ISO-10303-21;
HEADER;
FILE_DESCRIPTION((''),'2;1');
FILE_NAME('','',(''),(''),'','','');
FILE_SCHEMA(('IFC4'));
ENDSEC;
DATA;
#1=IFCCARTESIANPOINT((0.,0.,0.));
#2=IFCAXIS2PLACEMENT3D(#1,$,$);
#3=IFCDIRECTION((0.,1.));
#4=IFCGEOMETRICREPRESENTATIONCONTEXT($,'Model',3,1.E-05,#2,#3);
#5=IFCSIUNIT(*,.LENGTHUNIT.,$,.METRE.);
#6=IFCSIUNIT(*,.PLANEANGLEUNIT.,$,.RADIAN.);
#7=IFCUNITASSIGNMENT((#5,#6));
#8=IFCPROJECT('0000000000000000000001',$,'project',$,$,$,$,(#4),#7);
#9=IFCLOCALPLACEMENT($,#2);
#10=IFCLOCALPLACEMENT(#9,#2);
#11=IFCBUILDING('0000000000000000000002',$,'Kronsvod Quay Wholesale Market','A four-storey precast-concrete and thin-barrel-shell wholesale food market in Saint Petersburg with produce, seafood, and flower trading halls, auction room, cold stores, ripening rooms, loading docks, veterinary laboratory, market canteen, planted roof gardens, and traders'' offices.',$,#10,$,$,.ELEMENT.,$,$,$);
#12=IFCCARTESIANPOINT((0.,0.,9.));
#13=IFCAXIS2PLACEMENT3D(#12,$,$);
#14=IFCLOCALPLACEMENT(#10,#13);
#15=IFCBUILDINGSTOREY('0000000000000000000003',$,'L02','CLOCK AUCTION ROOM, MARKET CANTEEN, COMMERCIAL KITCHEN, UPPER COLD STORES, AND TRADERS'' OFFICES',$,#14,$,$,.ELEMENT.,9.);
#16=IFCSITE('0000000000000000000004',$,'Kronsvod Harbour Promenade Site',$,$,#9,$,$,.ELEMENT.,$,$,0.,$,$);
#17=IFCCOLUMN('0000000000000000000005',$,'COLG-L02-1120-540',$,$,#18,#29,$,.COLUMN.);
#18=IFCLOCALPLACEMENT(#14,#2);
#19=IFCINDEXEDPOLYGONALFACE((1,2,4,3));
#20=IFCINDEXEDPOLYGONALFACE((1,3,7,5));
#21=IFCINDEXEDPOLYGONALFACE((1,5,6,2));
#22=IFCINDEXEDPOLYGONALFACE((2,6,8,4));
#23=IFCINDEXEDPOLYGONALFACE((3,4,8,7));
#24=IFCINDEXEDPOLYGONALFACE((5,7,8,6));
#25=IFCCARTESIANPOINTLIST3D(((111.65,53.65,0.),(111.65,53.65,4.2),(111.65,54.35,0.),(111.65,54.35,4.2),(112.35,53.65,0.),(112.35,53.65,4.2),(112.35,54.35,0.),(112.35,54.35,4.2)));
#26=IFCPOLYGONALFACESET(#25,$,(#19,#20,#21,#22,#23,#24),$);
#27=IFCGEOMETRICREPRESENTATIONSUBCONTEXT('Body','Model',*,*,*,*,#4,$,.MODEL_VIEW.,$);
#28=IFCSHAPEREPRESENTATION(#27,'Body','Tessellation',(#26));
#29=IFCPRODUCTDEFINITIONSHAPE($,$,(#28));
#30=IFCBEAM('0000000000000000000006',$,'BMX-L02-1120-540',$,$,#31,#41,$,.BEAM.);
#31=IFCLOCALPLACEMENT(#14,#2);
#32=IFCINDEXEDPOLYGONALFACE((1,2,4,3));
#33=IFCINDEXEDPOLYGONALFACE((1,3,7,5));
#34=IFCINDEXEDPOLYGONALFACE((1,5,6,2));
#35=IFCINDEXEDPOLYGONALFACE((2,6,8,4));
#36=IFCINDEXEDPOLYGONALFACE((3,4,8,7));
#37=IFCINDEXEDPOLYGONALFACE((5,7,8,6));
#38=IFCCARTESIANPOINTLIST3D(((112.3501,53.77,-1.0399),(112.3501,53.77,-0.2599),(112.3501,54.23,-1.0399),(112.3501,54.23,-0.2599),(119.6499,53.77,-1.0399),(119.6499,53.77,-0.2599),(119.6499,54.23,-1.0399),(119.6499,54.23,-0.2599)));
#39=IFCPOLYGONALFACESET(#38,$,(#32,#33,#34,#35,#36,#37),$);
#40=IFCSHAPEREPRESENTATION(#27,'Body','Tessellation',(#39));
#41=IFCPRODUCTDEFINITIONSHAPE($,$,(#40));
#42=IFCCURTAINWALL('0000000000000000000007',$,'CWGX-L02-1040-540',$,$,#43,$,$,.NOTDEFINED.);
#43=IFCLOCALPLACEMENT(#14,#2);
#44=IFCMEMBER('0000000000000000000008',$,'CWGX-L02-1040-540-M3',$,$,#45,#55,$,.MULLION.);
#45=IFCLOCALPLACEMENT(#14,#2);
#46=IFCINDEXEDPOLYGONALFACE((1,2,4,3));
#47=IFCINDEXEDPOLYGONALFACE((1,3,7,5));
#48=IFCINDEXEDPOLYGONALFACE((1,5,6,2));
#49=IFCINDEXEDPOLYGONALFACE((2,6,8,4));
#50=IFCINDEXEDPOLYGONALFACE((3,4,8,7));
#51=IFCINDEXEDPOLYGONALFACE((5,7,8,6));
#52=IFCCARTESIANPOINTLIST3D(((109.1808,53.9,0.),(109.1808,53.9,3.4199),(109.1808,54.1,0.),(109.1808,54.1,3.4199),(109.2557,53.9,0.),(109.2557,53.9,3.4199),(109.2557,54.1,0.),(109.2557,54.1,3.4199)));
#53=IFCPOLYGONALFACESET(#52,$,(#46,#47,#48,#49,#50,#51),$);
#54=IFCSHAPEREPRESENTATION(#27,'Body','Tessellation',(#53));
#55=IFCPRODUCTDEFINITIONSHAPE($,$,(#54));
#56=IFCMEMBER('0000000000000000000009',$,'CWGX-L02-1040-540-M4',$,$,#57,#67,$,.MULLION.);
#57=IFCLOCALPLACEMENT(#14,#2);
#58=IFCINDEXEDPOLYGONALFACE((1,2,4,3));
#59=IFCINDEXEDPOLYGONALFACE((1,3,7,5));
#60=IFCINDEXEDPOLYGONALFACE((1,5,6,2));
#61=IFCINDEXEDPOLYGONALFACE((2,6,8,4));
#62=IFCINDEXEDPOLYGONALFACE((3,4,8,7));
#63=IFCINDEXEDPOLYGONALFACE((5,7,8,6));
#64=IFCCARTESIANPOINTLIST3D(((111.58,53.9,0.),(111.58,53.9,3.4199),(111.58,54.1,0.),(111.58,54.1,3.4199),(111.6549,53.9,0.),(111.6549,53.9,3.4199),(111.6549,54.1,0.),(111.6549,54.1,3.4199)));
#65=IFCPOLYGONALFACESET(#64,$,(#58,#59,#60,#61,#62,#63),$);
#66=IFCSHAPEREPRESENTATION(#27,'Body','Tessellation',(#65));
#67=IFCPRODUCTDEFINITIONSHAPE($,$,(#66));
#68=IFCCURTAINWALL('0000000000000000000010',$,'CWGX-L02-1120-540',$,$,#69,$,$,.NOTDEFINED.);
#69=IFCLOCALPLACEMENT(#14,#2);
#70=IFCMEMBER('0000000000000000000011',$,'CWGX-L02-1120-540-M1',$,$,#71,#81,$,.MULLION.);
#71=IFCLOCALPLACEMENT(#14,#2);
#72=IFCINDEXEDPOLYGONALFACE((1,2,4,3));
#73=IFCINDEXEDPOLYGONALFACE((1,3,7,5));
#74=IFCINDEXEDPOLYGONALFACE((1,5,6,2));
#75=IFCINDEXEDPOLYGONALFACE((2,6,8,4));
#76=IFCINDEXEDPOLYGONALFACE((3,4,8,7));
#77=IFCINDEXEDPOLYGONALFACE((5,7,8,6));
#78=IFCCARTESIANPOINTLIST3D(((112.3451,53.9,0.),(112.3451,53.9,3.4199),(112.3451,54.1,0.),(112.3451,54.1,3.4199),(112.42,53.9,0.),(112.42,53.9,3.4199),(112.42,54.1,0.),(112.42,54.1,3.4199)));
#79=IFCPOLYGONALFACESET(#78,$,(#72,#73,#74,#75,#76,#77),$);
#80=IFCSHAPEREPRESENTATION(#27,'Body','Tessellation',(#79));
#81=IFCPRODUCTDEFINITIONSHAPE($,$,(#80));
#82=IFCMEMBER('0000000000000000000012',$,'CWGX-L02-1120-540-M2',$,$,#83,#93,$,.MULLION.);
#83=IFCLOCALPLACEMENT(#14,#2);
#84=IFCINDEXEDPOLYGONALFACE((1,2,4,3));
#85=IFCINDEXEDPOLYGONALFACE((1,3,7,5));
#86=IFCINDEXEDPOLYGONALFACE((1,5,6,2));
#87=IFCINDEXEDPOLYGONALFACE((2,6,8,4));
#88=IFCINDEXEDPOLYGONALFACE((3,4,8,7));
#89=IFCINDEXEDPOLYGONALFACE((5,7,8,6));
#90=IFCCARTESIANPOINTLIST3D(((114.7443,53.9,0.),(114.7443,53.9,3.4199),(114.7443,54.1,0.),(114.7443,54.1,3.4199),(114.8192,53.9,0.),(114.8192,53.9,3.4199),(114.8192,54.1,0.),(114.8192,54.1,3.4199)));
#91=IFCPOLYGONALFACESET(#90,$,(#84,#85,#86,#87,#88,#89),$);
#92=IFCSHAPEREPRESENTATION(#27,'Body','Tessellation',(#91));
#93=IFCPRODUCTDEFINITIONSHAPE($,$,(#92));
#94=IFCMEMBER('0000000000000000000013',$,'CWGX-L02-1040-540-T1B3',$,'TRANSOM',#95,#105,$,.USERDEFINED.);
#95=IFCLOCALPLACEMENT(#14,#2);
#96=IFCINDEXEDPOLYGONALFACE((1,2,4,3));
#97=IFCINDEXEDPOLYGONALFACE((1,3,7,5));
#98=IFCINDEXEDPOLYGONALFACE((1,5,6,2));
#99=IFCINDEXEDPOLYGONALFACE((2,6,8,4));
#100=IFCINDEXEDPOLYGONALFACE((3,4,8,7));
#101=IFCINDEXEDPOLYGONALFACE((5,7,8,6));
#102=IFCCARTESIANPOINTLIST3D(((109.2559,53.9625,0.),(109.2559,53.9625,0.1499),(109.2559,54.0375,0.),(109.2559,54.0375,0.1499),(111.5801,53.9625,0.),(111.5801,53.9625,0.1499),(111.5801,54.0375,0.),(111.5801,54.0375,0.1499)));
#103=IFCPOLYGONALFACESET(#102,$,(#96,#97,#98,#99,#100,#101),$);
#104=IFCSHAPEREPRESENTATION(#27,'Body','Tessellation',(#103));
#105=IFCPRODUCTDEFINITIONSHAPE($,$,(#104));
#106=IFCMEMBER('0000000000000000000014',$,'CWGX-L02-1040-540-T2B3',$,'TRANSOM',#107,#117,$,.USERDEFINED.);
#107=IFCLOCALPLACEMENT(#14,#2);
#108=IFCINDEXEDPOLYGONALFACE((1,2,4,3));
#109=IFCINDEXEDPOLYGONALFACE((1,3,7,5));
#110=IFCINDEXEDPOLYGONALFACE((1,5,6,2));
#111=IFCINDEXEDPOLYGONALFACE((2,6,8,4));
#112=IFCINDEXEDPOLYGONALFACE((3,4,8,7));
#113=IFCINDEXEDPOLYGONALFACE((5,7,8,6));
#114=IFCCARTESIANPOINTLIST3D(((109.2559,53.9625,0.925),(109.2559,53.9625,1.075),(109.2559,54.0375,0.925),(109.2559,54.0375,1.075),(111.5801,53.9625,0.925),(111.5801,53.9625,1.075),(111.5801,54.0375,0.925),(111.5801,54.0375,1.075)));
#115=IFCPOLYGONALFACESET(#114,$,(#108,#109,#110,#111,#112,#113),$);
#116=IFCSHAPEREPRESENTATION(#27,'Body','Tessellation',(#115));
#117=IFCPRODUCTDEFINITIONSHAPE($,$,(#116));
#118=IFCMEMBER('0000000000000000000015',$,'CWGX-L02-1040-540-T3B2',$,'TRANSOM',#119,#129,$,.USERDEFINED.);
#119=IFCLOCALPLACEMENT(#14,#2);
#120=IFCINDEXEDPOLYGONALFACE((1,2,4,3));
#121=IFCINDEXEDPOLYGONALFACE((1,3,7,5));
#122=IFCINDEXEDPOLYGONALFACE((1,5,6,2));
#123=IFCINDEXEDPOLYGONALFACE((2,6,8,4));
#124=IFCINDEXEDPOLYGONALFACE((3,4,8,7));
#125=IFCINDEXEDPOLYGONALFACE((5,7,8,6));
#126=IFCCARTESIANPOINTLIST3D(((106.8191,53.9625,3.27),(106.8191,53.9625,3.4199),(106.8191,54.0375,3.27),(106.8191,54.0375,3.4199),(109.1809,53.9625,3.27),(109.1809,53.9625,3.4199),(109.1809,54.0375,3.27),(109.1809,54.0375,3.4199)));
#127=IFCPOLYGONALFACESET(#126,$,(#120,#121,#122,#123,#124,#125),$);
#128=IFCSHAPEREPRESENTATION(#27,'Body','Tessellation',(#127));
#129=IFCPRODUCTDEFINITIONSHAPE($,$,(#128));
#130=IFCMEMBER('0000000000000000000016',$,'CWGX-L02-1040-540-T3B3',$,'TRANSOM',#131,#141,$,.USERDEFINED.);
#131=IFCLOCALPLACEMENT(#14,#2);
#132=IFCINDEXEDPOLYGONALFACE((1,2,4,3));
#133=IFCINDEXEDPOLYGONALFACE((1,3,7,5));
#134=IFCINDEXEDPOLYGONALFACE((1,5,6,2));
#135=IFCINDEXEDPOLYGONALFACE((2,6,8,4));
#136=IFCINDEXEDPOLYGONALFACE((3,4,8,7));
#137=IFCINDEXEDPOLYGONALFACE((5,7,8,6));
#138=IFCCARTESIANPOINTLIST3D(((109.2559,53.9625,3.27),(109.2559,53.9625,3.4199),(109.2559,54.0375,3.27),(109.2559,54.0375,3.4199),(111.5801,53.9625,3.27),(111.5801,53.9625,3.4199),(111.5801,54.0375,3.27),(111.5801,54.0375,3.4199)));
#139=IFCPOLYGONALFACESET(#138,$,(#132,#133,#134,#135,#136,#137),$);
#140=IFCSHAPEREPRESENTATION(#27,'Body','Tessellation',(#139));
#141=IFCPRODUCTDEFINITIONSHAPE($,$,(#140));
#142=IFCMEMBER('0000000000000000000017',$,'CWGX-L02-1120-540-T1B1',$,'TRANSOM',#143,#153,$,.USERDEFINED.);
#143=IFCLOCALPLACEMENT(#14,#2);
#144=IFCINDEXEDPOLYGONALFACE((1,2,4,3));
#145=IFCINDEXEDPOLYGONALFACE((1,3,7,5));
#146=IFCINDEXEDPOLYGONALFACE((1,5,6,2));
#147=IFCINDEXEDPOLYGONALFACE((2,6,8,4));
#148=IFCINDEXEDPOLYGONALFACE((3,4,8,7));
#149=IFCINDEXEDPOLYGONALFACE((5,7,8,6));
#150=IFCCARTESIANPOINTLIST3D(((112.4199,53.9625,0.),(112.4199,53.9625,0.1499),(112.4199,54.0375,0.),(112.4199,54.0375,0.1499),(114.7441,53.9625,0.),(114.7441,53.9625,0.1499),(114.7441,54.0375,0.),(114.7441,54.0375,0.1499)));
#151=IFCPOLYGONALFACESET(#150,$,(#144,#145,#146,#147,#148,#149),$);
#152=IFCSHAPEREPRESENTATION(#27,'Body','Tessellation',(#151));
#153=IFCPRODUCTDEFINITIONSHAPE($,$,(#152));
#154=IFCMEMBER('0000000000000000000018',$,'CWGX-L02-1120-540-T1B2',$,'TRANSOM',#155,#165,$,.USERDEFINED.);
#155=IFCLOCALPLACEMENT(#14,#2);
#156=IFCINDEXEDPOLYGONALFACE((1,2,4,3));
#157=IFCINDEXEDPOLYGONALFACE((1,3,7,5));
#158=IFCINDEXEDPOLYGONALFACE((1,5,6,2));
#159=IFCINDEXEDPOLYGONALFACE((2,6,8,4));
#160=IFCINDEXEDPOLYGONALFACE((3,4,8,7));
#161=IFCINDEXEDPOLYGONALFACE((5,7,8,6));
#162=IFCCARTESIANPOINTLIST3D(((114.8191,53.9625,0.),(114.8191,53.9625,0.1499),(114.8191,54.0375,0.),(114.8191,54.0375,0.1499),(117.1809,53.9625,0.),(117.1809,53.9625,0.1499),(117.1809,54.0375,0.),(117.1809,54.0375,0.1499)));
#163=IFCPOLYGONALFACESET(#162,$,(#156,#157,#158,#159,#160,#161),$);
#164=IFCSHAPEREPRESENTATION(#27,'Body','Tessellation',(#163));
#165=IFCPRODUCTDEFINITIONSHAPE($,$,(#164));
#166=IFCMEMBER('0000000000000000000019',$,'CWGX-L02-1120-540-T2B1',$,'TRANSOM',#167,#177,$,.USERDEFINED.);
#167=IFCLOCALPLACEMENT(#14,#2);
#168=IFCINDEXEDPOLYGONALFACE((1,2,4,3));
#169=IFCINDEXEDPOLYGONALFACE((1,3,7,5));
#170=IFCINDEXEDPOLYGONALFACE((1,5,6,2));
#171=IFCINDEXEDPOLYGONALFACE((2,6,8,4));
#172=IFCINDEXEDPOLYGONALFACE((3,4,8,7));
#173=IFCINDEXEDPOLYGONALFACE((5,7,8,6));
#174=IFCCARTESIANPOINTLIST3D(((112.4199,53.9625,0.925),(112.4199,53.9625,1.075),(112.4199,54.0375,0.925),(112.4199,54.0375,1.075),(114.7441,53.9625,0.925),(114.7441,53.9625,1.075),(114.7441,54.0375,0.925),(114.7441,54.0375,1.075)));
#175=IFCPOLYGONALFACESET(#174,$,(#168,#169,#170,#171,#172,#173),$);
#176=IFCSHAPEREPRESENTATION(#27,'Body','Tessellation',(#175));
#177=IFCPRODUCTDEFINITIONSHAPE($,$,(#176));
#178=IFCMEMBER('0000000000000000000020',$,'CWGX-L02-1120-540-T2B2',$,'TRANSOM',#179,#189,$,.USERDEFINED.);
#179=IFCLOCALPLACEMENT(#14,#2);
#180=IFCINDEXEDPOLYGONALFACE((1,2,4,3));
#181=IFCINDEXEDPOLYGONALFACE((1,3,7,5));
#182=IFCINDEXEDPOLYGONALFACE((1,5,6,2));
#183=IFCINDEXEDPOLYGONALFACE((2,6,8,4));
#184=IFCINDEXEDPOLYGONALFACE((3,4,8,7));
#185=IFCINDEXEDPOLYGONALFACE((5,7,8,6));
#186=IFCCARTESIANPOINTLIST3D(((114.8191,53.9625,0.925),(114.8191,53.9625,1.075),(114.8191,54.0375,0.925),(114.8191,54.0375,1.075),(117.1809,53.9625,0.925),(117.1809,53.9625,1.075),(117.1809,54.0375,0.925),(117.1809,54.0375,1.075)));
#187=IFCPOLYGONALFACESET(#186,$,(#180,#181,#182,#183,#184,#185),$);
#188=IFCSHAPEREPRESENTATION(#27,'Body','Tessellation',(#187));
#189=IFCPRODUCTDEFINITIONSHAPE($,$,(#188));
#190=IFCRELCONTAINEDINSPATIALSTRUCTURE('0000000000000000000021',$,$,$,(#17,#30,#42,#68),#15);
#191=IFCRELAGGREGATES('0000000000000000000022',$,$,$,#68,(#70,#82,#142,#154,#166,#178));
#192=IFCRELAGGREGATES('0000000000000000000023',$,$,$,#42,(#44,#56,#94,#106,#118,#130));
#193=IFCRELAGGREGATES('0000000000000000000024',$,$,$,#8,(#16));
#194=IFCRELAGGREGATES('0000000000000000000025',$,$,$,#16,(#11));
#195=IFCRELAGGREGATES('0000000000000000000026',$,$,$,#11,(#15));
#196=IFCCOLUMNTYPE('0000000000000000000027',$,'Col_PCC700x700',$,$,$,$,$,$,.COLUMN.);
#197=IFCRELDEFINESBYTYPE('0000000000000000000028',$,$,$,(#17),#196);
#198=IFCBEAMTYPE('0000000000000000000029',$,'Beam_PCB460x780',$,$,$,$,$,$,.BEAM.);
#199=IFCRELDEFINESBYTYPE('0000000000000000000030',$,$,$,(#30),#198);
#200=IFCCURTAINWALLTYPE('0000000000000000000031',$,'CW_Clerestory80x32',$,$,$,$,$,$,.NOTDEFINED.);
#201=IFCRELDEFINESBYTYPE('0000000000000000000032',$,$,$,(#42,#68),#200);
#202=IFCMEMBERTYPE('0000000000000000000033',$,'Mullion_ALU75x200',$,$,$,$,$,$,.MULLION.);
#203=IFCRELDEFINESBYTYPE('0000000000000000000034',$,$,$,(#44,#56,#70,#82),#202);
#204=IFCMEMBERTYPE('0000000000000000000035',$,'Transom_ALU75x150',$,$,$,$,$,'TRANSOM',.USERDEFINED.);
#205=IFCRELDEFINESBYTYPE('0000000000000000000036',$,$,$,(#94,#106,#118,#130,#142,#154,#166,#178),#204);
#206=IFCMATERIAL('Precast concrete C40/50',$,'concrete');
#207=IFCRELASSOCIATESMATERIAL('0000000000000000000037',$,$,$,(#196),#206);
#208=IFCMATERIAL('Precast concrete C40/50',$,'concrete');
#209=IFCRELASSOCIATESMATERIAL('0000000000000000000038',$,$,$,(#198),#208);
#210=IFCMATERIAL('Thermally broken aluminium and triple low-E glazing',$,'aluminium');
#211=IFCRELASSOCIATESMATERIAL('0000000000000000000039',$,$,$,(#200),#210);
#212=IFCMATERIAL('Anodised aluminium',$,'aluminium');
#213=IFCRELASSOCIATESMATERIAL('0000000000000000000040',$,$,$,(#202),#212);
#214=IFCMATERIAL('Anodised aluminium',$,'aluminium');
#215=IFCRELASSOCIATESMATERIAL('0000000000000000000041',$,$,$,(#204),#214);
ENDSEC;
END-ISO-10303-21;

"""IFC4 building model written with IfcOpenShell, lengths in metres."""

from ifc_helpers import new_model, si_unit, direction, frame, origin, origin_2d, place, context, subcontext, project, spatial, rectangle, extrude, material, material_profile, profile_set, type_object, element, aggregate, save


model = new_model("IFC4")

# Units and contexts
model_context = context("Model", 3, precision=1e-05, world=origin(), true_north=direction((0.0, 1.0)))
body_context = subcontext(model_context, "Body", "Model", "MODEL_VIEW")
ifc_project = project(units=[si_unit("LENGTHUNIT", "METRE"), si_unit("PLANEANGLEUNIT", "RADIAN")], contexts=[model_context])

# Site, building, storey
site_placement = place(None, origin())
site = spatial("IfcSite", under=ifc_project, at=site_placement, Name="Kronsvod Harbour Promenade Site", CompositionType="ELEMENT", RefElevation=0.0)
building_placement = place(site_placement, origin())
building = spatial("IfcBuilding", under=site, at=building_placement, Name="Kronsvod Quay Wholesale Market", Description="A four-storey precast-concrete and thin-barrel-shell wholesale food market in Saint Petersburg with produce, seafood, and flower trading halls, auction room, cold stores, ripening rooms, loading docks, veterinary laboratory, market canteen, planted roof gardens, and traders' offices.", CompositionType="ELEMENT")
storey_placement = place(building_placement, frame((0.0, 0.0, 9.0)))
storey = spatial("IfcBuildingStorey", under=building, at=storey_placement, Name="L02", Description="CLOCK AUCTION ROOM, MARKET CANTEEN, COMMERCIAL KITCHEN, UPPER COLD STORES, AND TRADERS' OFFICES", CompositionType="ELEMENT", Elevation=9.0)

# Column
ifc_material_1 = material(Name="Precast concrete C40/50", Category="concrete")
ifc_material_profile_1 = material_profile(ifc_material_1, rectangle(XDim=0.7, YDim=0.7, at=origin_2d()), Name="PCC700x700")
ifc_profile_set_1 = profile_set([ifc_material_profile_1], Name="Precast concrete C40/50")
column_type = type_object("IfcColumnType", Name="Col_PCC700x700", PredefinedType="COLUMN", material=ifc_profile_set_1)
column_placement = place(storey_placement, frame((112.0, 54.0, 0.0), z_axis=(0.0, 0.0, 1.0), x_axis=(1.0, 0.0, 0.0)))
element("IfcColumn", 1, at=column_placement, inside=storey, type_object=column_type, Name="COLG-L02-1120-540", PredefinedType="COLUMN", context=body_context, shape_type="SweptSolid", body=[
    extrude(rectangle(XDim=0.7, YDim=0.7, at=origin_2d()), origin(), (0.0, 0.0, 1.0), 4.2),
])

# Beam
ifc_material_2 = material(Name="Precast concrete C40/50", Category="concrete")
ifc_material_profile_2 = material_profile(ifc_material_2, rectangle(XDim=0.46, YDim=0.78, at=origin_2d()), Name="PB-03")
ifc_profile_set_2 = profile_set([ifc_material_profile_2], Name="Precast concrete C40/50")
beam_type = type_object("IfcBeamType", Name="Beam_PCB460x780", PredefinedType="BEAM", material=ifc_profile_set_2)
beam_placement = place(storey_placement, frame((112.3501, 54.0, -0.6499), z_axis=(1.0, 0.0, 0.0), x_axis=(0.0, 1.0, 0.0)))
element("IfcBeam", 2, at=beam_placement, inside=storey, type_object=beam_type, Name="BMX-L02-1120-540", PredefinedType="BEAM", context=body_context, shape_type="SweptSolid", body=[
    extrude(rectangle(XDim=0.46, YDim=0.78, at=origin_2d()), origin(), (0.0, 0.0, 1.0), 7.2998),
])

# Curtain walls, members
ifc_material_3 = material(Name="Thermally broken aluminium and triple low-E glazing", Category="aluminium")
curtain_wall_type = type_object("IfcCurtainWallType", Name="CW_Clerestory80x32", PredefinedType="NOTDEFINED", material=ifc_material_3)
curtain_wall_1_placement = place(storey_placement, origin())
curtain_wall_1 = element("IfcCurtainWall", 3, at=curtain_wall_1_placement, inside=storey, type_object=curtain_wall_type, Name="CWGX-L02-1040-540", PredefinedType="NOTDEFINED")
ifc_material_4 = material(Name="Anodised aluminium", Category="aluminium")
ifc_material_profile_3 = material_profile(ifc_material_4, rectangle(XDim=0.075, YDim=0.2, at=origin_2d()), Name="ALUM75x200")
ifc_profile_set_3 = profile_set([ifc_material_profile_3], Name="Anodised aluminium")
member_type_1 = type_object("IfcMemberType", Name="Mullion_ALU75x200", PredefinedType="MULLION", material=ifc_profile_set_3)
member_1_placement = place(storey_placement, frame((109.2183, 54.0, 0.0), z_axis=(0.0, 0.0, 1.0), x_axis=(1.0, 0.0, 0.0)))
member_1 = element("IfcMember", 4, at=member_1_placement, type_object=member_type_1, Name="CWGX-L02-1040-540-M3", PredefinedType="MULLION", context=body_context, shape_type="SweptSolid", body=[
    extrude(rectangle(XDim=0.075, YDim=0.2, at=origin_2d()), origin(), (0.0, 0.0, 1.0), 3.4199),
])
member_2_placement = place(storey_placement, frame((111.6174, 54.0, 0.0), z_axis=(0.0, 0.0, 1.0), x_axis=(1.0, 0.0, 0.0)))
member_2 = element("IfcMember", 5, at=member_2_placement, type_object=member_type_1, Name="CWGX-L02-1040-540-M4", PredefinedType="MULLION", context=body_context, shape_type="SweptSolid", body=[
    extrude(rectangle(XDim=0.075, YDim=0.2, at=origin_2d()), origin(), (0.0, 0.0, 1.0), 3.4199),
])
curtain_wall_2_placement = place(storey_placement, origin())
curtain_wall_2 = element("IfcCurtainWall", 6, at=curtain_wall_2_placement, inside=storey, type_object=curtain_wall_type, Name="CWGX-L02-1120-540", PredefinedType="NOTDEFINED")
member_3_placement = place(storey_placement, frame((112.3826, 54.0, 0.0), z_axis=(0.0, 0.0, 1.0), x_axis=(1.0, 0.0, 0.0)))
member_3 = element("IfcMember", 7, at=member_3_placement, type_object=member_type_1, Name="CWGX-L02-1120-540-M1", PredefinedType="MULLION", context=body_context, shape_type="SweptSolid", body=[
    extrude(rectangle(XDim=0.075, YDim=0.2, at=origin_2d()), origin(), (0.0, 0.0, 1.0), 3.4199),
])
member_4_placement = place(storey_placement, frame((114.7817, 54.0, 0.0), z_axis=(0.0, 0.0, 1.0), x_axis=(1.0, 0.0, 0.0)))
member_4 = element("IfcMember", 8, at=member_4_placement, type_object=member_type_1, Name="CWGX-L02-1120-540-M2", PredefinedType="MULLION", context=body_context, shape_type="SweptSolid", body=[
    extrude(rectangle(XDim=0.075, YDim=0.2, at=origin_2d()), origin(), (0.0, 0.0, 1.0), 3.4199),
])

# Members
ifc_material_5 = material(Name="Anodised aluminium", Category="aluminium")
ifc_material_profile_4 = material_profile(ifc_material_5, rectangle(XDim=0.075, YDim=0.1499, at=origin_2d()), Name="ALUT75x150")
ifc_profile_set_4 = profile_set([ifc_material_profile_4], Name="Anodised aluminium")
member_type_2 = type_object("IfcMemberType", Name="Transom_ALU75x150", ElementType="TRANSOM", PredefinedType="USERDEFINED", material=ifc_profile_set_4)
member_5_placement = place(storey_placement, frame((109.2559, 54.0, 0.075), z_axis=(1.0, 0.0, 0.0), x_axis=(0.0, 1.0, 0.0)))
member_5 = element("IfcMember", 9, at=member_5_placement, type_object=member_type_2, Name="CWGX-L02-1040-540-T1B3", ObjectType="TRANSOM", PredefinedType="USERDEFINED", context=body_context, shape_type="SweptSolid", body=[
    extrude(rectangle(XDim=0.075, YDim=0.1499, at=origin_2d()), origin(), (0.0, 0.0, 1.0), 2.3242),
])
member_6_placement = place(storey_placement, frame((109.2559, 54.0, 1.0), z_axis=(1.0, 0.0, 0.0), x_axis=(0.0, 1.0, 0.0)))
member_6 = element("IfcMember", 10, at=member_6_placement, type_object=member_type_2, Name="CWGX-L02-1040-540-T2B3", ObjectType="TRANSOM", PredefinedType="USERDEFINED", context=body_context, shape_type="SweptSolid", body=[
    extrude(rectangle(XDim=0.075, YDim=0.1499, at=origin_2d()), origin(), (0.0, 0.0, 1.0), 2.3242),
])
member_7_placement = place(storey_placement, frame((106.8191, 54.0, 3.345), z_axis=(1.0, 0.0, 0.0), x_axis=(0.0, 1.0, 0.0)))
member_7 = element("IfcMember", 11, at=member_7_placement, type_object=member_type_2, Name="CWGX-L02-1040-540-T3B2", ObjectType="TRANSOM", PredefinedType="USERDEFINED", context=body_context, shape_type="SweptSolid", body=[
    extrude(rectangle(XDim=0.075, YDim=0.1499, at=origin_2d()), origin(), (0.0, 0.0, 1.0), 2.3618),
])
member_8_placement = place(storey_placement, frame((109.2559, 54.0, 3.345), z_axis=(1.0, 0.0, 0.0), x_axis=(0.0, 1.0, 0.0)))
member_8 = element("IfcMember", 12, at=member_8_placement, type_object=member_type_2, Name="CWGX-L02-1040-540-T3B3", ObjectType="TRANSOM", PredefinedType="USERDEFINED", context=body_context, shape_type="SweptSolid", body=[
    extrude(rectangle(XDim=0.075, YDim=0.1499, at=origin_2d()), origin(), (0.0, 0.0, 1.0), 2.3242),
])
member_9_placement = place(storey_placement, frame((112.4199, 54.0, 0.075), z_axis=(1.0, 0.0, 0.0), x_axis=(0.0, 1.0, 0.0)))
member_9 = element("IfcMember", 13, at=member_9_placement, type_object=member_type_2, Name="CWGX-L02-1120-540-T1B1", ObjectType="TRANSOM", PredefinedType="USERDEFINED", context=body_context, shape_type="SweptSolid", body=[
    extrude(rectangle(XDim=0.075, YDim=0.1499, at=origin_2d()), origin(), (0.0, 0.0, 1.0), 2.3242),
])
member_10_placement = place(storey_placement, frame((114.8191, 54.0, 0.075), z_axis=(1.0, 0.0, 0.0), x_axis=(0.0, 1.0, 0.0)))
member_10 = element("IfcMember", 14, at=member_10_placement, type_object=member_type_2, Name="CWGX-L02-1120-540-T1B2", ObjectType="TRANSOM", PredefinedType="USERDEFINED", context=body_context, shape_type="SweptSolid", body=[
    extrude(rectangle(XDim=0.075, YDim=0.1499, at=origin_2d()), origin(), (0.0, 0.0, 1.0), 2.3618),
])
member_11_placement = place(storey_placement, frame((112.4199, 54.0, 1.0), z_axis=(1.0, 0.0, 0.0), x_axis=(0.0, 1.0, 0.0)))
member_11 = element("IfcMember", 15, at=member_11_placement, type_object=member_type_2, Name="CWGX-L02-1120-540-T2B1", ObjectType="TRANSOM", PredefinedType="USERDEFINED", context=body_context, shape_type="SweptSolid", body=[
    extrude(rectangle(XDim=0.075, YDim=0.1499, at=origin_2d()), origin(), (0.0, 0.0, 1.0), 2.3242),
])
member_12_placement = place(storey_placement, frame((114.8191, 54.0, 1.0), z_axis=(1.0, 0.0, 0.0), x_axis=(0.0, 1.0, 0.0)))
member_12 = element("IfcMember", 16, at=member_12_placement, type_object=member_type_2, Name="CWGX-L02-1120-540-T2B2", ObjectType="TRANSOM", PredefinedType="USERDEFINED", context=body_context, shape_type="SweptSolid", body=[
    extrude(rectangle(XDim=0.075, YDim=0.1499, at=origin_2d()), origin(), (0.0, 0.0, 1.0), 2.3618),
])

aggregate(curtain_wall_2, [member_3, member_4, member_9, member_10, member_11, member_12])
aggregate(curtain_wall_1, [member_1, member_2, member_5, member_6, member_7, member_8])

save(model, "model.ifc")
